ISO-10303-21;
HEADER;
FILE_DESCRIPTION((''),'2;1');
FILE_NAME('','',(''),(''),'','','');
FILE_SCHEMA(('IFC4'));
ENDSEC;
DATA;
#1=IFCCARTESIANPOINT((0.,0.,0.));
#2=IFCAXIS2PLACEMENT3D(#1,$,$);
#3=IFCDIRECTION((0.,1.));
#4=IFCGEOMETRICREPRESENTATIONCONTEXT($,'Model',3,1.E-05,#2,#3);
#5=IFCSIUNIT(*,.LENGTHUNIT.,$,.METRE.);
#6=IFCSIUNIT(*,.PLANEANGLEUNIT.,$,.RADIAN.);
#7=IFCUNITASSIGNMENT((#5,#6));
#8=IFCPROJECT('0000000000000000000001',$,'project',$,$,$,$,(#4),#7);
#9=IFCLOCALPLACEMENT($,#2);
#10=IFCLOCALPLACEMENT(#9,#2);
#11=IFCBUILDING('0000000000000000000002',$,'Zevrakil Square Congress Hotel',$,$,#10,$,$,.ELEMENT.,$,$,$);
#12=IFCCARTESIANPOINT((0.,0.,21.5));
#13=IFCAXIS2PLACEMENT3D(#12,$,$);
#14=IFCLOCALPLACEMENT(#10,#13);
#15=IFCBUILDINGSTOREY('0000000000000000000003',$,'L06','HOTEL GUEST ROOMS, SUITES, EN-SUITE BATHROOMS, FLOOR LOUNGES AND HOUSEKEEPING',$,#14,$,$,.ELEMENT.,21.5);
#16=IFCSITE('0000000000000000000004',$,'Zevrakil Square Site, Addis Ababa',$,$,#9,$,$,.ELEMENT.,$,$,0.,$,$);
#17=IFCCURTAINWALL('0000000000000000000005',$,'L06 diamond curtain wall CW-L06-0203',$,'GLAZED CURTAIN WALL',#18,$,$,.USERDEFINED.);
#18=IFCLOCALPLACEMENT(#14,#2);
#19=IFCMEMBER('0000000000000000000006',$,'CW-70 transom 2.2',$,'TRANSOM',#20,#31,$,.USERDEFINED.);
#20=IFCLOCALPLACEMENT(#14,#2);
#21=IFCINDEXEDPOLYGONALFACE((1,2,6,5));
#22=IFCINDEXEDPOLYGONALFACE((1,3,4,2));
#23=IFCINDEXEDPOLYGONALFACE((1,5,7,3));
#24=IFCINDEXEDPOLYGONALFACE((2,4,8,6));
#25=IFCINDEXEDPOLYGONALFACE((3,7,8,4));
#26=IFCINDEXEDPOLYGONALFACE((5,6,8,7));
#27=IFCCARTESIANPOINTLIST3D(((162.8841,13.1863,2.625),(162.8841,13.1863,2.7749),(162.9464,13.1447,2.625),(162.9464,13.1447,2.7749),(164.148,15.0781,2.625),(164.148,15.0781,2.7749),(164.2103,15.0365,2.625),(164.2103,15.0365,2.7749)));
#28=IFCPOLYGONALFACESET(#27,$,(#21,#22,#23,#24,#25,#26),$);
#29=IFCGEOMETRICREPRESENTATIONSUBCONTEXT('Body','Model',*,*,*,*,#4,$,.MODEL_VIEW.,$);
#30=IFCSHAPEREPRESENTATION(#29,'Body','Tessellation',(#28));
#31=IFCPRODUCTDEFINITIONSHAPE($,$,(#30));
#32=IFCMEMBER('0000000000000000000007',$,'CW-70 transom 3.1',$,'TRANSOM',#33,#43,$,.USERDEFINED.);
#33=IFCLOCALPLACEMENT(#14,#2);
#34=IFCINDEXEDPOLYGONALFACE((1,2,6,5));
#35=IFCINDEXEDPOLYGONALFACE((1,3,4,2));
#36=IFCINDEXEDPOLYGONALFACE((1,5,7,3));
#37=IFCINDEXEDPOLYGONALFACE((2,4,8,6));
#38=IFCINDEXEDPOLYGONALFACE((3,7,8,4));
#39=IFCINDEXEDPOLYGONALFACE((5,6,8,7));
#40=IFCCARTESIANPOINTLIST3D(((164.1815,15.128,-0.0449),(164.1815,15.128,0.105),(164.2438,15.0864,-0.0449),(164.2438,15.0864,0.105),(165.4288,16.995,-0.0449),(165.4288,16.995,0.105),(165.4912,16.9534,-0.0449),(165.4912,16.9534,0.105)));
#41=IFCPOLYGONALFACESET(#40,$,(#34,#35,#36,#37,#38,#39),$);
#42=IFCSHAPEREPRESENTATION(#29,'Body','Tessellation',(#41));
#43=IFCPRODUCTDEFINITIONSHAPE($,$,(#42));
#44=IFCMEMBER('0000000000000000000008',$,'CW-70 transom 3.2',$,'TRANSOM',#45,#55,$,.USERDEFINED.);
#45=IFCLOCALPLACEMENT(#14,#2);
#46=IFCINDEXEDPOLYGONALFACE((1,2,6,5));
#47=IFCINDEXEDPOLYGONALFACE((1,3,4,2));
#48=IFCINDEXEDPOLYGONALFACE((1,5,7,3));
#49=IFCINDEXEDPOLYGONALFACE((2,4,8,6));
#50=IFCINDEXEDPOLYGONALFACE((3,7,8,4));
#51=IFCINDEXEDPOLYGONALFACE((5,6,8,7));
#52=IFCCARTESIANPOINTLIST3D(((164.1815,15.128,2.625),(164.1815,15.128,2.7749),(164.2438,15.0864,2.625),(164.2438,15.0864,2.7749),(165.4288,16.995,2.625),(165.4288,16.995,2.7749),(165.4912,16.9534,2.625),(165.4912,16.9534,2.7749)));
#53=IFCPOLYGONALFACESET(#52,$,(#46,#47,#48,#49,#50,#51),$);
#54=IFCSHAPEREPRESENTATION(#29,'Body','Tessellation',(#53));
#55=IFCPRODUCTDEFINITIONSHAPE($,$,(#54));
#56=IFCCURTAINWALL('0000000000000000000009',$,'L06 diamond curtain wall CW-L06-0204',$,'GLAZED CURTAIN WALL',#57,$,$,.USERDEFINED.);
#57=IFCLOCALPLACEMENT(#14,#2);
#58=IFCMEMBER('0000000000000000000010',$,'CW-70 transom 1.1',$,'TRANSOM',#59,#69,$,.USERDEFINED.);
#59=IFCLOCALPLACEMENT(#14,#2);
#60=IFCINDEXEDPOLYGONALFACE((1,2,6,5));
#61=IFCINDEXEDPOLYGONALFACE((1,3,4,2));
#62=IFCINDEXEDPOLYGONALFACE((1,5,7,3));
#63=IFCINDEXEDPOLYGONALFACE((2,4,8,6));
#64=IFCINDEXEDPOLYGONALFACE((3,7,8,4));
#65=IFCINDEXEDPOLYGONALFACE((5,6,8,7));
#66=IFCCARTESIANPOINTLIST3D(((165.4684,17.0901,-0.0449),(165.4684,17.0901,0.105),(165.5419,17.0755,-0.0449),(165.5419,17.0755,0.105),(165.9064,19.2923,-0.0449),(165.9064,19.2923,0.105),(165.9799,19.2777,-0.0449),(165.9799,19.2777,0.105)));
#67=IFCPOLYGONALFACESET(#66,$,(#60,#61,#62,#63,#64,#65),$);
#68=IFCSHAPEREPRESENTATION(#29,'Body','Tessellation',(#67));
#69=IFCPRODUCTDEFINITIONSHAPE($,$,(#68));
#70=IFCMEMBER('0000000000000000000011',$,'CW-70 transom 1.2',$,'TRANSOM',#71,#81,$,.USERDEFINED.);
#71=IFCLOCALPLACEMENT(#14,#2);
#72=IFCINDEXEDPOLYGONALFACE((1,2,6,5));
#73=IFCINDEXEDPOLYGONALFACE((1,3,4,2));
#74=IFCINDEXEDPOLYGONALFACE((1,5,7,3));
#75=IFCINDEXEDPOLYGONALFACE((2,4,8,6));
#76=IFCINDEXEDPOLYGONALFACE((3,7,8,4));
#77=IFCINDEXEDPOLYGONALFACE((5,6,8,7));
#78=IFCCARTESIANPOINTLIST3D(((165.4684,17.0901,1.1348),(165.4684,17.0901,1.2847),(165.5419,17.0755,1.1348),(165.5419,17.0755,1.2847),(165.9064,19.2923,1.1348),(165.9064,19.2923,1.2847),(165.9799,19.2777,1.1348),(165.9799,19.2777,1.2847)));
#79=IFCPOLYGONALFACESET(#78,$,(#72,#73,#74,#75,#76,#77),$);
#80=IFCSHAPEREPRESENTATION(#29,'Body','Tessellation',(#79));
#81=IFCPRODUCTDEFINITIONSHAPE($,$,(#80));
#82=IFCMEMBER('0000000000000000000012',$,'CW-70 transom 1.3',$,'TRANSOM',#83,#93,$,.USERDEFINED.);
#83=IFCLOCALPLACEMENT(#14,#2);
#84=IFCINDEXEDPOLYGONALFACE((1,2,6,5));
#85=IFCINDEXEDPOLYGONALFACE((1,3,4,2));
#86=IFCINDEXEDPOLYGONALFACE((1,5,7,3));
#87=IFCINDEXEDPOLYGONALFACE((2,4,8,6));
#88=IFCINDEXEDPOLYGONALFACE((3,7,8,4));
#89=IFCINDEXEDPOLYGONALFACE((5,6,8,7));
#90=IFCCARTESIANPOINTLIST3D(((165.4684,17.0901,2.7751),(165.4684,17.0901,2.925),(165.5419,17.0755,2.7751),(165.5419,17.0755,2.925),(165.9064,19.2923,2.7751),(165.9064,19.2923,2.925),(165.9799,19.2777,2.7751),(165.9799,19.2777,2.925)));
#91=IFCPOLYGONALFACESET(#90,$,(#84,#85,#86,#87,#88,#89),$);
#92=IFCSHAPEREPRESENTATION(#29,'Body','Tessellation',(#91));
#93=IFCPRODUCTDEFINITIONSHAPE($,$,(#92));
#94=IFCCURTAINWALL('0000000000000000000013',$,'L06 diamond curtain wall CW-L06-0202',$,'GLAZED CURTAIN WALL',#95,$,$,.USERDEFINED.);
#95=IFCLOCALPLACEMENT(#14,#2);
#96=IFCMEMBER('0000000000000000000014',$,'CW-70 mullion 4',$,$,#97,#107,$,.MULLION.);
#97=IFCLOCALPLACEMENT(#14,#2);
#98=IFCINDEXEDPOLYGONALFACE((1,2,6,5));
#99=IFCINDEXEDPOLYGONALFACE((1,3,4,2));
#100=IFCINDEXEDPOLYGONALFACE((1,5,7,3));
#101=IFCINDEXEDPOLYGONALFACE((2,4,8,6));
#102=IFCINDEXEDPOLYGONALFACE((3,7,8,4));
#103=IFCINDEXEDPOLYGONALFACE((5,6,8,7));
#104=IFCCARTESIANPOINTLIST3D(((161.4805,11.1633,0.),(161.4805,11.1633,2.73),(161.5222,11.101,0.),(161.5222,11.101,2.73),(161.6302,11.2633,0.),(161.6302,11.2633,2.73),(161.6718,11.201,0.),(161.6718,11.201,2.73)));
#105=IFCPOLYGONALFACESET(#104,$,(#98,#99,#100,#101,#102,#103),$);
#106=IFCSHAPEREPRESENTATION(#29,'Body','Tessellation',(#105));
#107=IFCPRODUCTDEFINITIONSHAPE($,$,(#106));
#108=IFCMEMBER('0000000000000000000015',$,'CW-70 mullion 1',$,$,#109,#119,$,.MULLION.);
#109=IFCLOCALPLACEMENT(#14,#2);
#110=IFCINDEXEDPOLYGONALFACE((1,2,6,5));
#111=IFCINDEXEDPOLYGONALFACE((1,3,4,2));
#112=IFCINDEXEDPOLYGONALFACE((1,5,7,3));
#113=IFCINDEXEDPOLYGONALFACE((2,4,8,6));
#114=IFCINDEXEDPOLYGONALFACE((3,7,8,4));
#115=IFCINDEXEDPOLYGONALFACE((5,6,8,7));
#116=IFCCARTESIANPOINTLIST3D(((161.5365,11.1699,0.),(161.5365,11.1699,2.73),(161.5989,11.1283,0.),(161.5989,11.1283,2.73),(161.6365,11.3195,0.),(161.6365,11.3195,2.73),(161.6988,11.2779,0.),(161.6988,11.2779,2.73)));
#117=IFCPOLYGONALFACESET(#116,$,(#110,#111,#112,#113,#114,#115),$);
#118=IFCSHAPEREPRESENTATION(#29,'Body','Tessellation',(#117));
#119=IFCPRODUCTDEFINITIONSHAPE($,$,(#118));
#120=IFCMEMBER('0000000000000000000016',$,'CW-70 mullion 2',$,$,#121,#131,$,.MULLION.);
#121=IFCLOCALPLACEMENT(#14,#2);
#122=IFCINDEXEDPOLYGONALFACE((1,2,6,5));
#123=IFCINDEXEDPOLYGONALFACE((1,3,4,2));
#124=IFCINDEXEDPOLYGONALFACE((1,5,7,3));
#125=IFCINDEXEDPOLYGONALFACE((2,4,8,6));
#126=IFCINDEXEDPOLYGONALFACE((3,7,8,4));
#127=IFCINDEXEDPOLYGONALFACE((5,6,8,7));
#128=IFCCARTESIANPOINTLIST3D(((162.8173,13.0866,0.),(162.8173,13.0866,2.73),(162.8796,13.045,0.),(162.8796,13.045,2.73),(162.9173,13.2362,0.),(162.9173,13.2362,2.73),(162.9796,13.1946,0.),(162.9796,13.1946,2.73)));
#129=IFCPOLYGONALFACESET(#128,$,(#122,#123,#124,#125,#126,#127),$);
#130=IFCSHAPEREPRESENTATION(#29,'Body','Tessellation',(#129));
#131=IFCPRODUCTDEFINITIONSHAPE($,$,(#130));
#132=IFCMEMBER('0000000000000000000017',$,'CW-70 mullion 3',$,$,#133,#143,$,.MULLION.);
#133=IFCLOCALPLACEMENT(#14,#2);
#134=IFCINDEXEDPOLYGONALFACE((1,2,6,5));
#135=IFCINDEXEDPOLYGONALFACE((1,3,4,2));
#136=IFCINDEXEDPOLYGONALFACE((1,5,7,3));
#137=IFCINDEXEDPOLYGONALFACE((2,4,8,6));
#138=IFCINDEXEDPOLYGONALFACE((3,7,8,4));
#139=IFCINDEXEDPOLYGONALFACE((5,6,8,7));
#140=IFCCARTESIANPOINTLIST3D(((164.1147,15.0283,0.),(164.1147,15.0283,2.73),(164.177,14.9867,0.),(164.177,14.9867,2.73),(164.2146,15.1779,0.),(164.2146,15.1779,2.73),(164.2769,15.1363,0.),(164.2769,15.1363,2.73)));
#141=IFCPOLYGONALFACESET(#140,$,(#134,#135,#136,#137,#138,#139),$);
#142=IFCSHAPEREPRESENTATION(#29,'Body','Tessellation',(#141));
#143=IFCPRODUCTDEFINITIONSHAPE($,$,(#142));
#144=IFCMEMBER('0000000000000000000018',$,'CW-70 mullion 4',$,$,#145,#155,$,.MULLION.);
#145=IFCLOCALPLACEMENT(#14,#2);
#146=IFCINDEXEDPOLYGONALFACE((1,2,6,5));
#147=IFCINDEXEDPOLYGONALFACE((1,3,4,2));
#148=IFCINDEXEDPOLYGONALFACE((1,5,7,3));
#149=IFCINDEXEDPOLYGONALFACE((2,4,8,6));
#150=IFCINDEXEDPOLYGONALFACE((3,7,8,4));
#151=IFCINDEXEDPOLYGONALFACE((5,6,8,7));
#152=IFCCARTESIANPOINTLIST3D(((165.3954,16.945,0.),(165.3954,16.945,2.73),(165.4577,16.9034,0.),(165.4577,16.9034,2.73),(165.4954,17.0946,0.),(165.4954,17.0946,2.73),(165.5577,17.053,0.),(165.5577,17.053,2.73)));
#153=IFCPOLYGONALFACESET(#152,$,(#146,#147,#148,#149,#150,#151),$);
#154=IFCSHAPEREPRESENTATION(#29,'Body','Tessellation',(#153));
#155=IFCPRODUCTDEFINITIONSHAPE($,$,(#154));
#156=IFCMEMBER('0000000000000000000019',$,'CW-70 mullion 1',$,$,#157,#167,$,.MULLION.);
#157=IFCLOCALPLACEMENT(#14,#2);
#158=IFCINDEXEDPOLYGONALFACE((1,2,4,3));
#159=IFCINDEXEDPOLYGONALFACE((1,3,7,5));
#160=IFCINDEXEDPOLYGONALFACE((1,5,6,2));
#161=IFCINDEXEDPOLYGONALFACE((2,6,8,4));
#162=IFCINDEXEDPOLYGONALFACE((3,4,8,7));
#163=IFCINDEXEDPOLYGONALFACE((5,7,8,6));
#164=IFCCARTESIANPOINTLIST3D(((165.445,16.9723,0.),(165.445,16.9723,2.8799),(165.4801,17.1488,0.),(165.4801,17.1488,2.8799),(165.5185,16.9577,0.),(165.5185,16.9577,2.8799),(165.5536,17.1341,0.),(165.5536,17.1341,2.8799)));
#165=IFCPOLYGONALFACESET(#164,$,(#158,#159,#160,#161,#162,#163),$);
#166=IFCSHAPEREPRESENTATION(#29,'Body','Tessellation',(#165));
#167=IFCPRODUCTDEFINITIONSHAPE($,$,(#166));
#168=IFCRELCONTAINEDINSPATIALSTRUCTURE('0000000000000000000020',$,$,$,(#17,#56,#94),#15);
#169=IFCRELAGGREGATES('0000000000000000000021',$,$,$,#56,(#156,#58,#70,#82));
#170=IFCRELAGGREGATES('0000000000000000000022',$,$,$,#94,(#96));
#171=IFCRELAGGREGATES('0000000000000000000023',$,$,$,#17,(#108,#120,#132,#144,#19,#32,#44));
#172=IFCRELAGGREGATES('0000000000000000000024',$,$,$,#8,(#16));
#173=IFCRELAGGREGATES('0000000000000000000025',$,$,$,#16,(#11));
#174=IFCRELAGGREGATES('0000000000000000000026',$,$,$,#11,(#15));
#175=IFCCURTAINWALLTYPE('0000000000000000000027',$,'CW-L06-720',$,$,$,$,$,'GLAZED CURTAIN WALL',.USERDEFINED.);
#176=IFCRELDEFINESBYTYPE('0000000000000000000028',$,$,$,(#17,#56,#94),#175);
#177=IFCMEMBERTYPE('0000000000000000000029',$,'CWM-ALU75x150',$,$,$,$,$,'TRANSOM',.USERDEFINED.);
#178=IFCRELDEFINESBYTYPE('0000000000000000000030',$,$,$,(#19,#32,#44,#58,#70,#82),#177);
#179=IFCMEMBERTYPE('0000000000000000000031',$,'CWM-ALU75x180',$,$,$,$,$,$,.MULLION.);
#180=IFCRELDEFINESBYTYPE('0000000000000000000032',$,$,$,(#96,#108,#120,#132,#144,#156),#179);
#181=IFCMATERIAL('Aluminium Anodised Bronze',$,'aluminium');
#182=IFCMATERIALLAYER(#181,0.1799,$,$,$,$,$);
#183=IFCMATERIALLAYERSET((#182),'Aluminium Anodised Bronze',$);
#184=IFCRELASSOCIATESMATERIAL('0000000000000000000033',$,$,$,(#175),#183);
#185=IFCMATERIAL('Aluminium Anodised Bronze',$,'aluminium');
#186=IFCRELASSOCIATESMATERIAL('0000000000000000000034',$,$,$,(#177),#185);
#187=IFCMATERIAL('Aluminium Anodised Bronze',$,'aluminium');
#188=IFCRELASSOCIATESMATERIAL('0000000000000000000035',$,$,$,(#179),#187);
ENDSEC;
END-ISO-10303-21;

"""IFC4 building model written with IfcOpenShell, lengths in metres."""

from ifc_helpers import new_model, si_unit, direction, frame, origin, origin_2d, place, context, subcontext, project, spatial, rectangle, extrude, material, layer, layer_set, material_profile, profile_set, type_object, element, aggregate, save


model = new_model("IFC4")

# Units and contexts
model_context = context("Model", 3, precision=1e-05, world=origin(), true_north=direction((0.0, 1.0)))
body_context = subcontext(model_context, "Body", "Model", "MODEL_VIEW")
ifc_project = project(units=[si_unit("LENGTHUNIT", "METRE"), si_unit("PLANEANGLEUNIT", "RADIAN")], contexts=[model_context])

# Site, building, storey
site_placement = place(None, origin())
site = spatial("IfcSite", under=ifc_project, at=site_placement, Name="Zevrakil Square Site, Addis Ababa", CompositionType="ELEMENT", RefElevation=0.0)
building_placement = place(site_placement, origin())
building = spatial("IfcBuilding", under=site, at=building_placement, Name="Zevrakil Square Congress Hotel", CompositionType="ELEMENT")
storey_placement = place(building_placement, frame((0.0, 0.0, 21.5)))
storey = spatial("IfcBuildingStorey", under=building, at=storey_placement, Name="L06", Description="HOTEL GUEST ROOMS, SUITES, EN-SUITE BATHROOMS, FLOOR LOUNGES AND HOUSEKEEPING", CompositionType="ELEMENT", Elevation=21.5)

# Curtain walls, members
ifc_material_1 = material(Name="Aluminium Anodised Bronze", Category="aluminium")
ifc_layer_1 = layer(ifc_material_1, 0.1799)
ifc_layer_set_1 = layer_set([ifc_layer_1], Name="Aluminium Anodised Bronze")
curtain_wall_type = type_object("IfcCurtainWallType", Name="CW-L06-720", ElementType="GLAZED CURTAIN WALL", PredefinedType="USERDEFINED", material=ifc_layer_set_1)
curtain_wall_1_placement = place(storey_placement, origin())
curtain_wall_1 = element("IfcCurtainWall", 1, at=curtain_wall_1_placement, inside=storey, type_object=curtain_wall_type, Name="L06 diamond curtain wall CW-L06-0203", ObjectType="GLAZED CURTAIN WALL", PredefinedType="USERDEFINED")
ifc_material_2 = material(Name="Aluminium Anodised Bronze", Category="aluminium")
ifc_material_profile_1 = material_profile(ifc_material_2, rectangle(XDim=0.075, YDim=0.1499, at=origin_2d()), Name="ALU 75x150")
ifc_profile_set_1 = profile_set([ifc_material_profile_1], Name="Aluminium Anodised Bronze")
member_type_1 = type_object("IfcMemberType", Name="CWM-ALU75x150", ElementType="TRANSOM", PredefinedType="USERDEFINED", material=ifc_profile_set_1)
member_1_placement = place(storey_placement, frame((162.9153, 13.1655, 2.7), z_axis=(0.555517, 0.831505, 0.0), x_axis=(-0.831505, 0.555517, 0.0)))
member_1 = element("IfcMember", 2, at=member_1_placement, type_object=member_type_1, Name="CW-70 transom 2.2", ObjectType="TRANSOM", PredefinedType="USERDEFINED", context=body_context, shape_type="SweptSolid", body=[
    extrude(rectangle(XDim=0.075, YDim=0.1499, at=origin_2d()), origin(), (0.0, 0.0, 1.0), 2.2751),
])
member_2_placement = place(storey_placement, frame((164.2126, 15.1072, 0.03), z_axis=(0.555528, 0.831498, 0.0), x_axis=(-0.831498, 0.555528, 0.0)))
member_2 = element("IfcMember", 3, at=member_2_placement, type_object=member_type_1, Name="CW-70 transom 3.1", ObjectType="TRANSOM", PredefinedType="USERDEFINED", context=body_context, shape_type="SweptSolid", body=[
    extrude(rectangle(XDim=0.075, YDim=0.1499, at=origin_2d()), origin(), (0.0, 0.0, 1.0), 2.2454),
])
member_3_placement = place(storey_placement, frame((164.2126, 15.1072, 2.7), z_axis=(0.555528, 0.831498, 0.0), x_axis=(-0.831498, 0.555528, 0.0)))
member_3 = element("IfcMember", 4, at=member_3_placement, type_object=member_type_1, Name="CW-70 transom 3.2", ObjectType="TRANSOM", PredefinedType="USERDEFINED", context=body_context, shape_type="SweptSolid", body=[
    extrude(rectangle(XDim=0.075, YDim=0.1499, at=origin_2d()), origin(), (0.0, 0.0, 1.0), 2.2454),
])
curtain_wall_2_placement = place(storey_placement, origin())
curtain_wall_2 = element("IfcCurtainWall", 5, at=curtain_wall_2_placement, inside=storey, type_object=curtain_wall_type, Name="L06 diamond curtain wall CW-L06-0204", ObjectType="GLAZED CURTAIN WALL", PredefinedType="USERDEFINED")
member_4_placement = place(storey_placement, frame((165.5051, 17.0828, 0.03), z_axis=(0.19507, 0.980789, 0.0), x_axis=(-0.980789, 0.19507, 0.0)))
member_4 = element("IfcMember", 6, at=member_4_placement, type_object=member_type_1, Name="CW-70 transom 1.1", ObjectType="TRANSOM", PredefinedType="USERDEFINED", context=body_context, shape_type="SweptSolid", body=[
    extrude(rectangle(XDim=0.075, YDim=0.1499, at=origin_2d()), origin(), (0.0, 0.0, 1.0), 2.2454),
])
member_5_placement = place(storey_placement, frame((165.5051, 17.0828, 1.2097), z_axis=(0.19507, 0.980789, 0.0), x_axis=(-0.980789, 0.19507, 0.0)))
member_5 = element("IfcMember", 7, at=member_5_placement, type_object=member_type_1, Name="CW-70 transom 1.2", ObjectType="TRANSOM", PredefinedType="USERDEFINED", context=body_context, shape_type="SweptSolid", body=[
    extrude(rectangle(XDim=0.075, YDim=0.1499, at=origin_2d()), origin(), (0.0, 0.0, 1.0), 2.2454),
])
member_6_placement = place(storey_placement, frame((165.5051, 17.0828, 2.8501), z_axis=(0.19507, 0.980789, 0.0), x_axis=(-0.980789, 0.19507, 0.0)))
member_6 = element("IfcMember", 8, at=member_6_placement, type_object=member_type_1, Name="CW-70 transom 1.3", ObjectType="TRANSOM", PredefinedType="USERDEFINED", context=body_context, shape_type="SweptSolid", body=[
    extrude(rectangle(XDim=0.075, YDim=0.1499, at=origin_2d()), origin(), (0.0, 0.0, 1.0), 2.2454),
])

# Curtain wall, member
curtain_wall_3_placement = place(storey_placement, origin())
curtain_wall_3 = element("IfcCurtainWall", 9, at=curtain_wall_3_placement, inside=storey, type_object=curtain_wall_type, Name="L06 diamond curtain wall CW-L06-0202", ObjectType="GLAZED CURTAIN WALL", PredefinedType="USERDEFINED")
ifc_material_3 = material(Name="Aluminium Anodised Bronze", Category="aluminium")
ifc_material_profile_2 = material_profile(ifc_material_3, rectangle(XDim=0.075, YDim=0.1799, at=origin_2d()), Name="ALU 75x180")
ifc_profile_set_2 = profile_set([ifc_material_profile_2], Name="Aluminium Anodised Bronze")
member_type_2 = type_object("IfcMemberType", Name="CWM-ALU75x180", PredefinedType="MULLION", material=ifc_profile_set_2)
member_7_placement = place(storey_placement, frame((161.5762, 11.1821, 0.0), z_axis=(0.0, 0.0, 1.0), x_axis=(-0.555576, 0.831466, 0.0)))
member_7 = element("IfcMember", 10, at=member_7_placement, type_object=member_type_2, Name="CW-70 mullion 4", PredefinedType="MULLION", context=body_context, shape_type="SweptSolid", body=[
    extrude(rectangle(XDim=0.075, YDim=0.1799, at=origin_2d()), origin(), (0.0, 0.0, 1.0), 2.73),
])

# Members
member_8_placement = place(storey_placement, frame((161.6177, 11.2239, 0.0), z_axis=(0.0, 0.0, 1.0), x_axis=(-0.831466, 0.555576, 0.0)))
member_8 = element("IfcMember", 11, at=member_8_placement, type_object=member_type_2, Name="CW-70 mullion 1", PredefinedType="MULLION", context=body_context, shape_type="SweptSolid", body=[
    extrude(rectangle(XDim=0.075, YDim=0.1799, at=origin_2d()), origin(), (0.0, 0.0, 1.0), 2.73),
])
member_9_placement = place(storey_placement, frame((162.8984, 13.1406, 0.0), z_axis=(0.0, 0.0, 1.0), x_axis=(-0.831466, 0.555576, 0.0)))
member_9 = element("IfcMember", 12, at=member_9_placement, type_object=member_type_2, Name="CW-70 mullion 2", PredefinedType="MULLION", context=body_context, shape_type="SweptSolid", body=[
    extrude(rectangle(XDim=0.075, YDim=0.1799, at=origin_2d()), origin(), (0.0, 0.0, 1.0), 2.73),
])
member_10_placement = place(storey_placement, frame((164.1958, 15.0823, 0.0), z_axis=(0.0, 0.0, 1.0), x_axis=(-0.831466, 0.555576, 0.0)))
member_10 = element("IfcMember", 13, at=member_10_placement, type_object=member_type_2, Name="CW-70 mullion 3", PredefinedType="MULLION", context=body_context, shape_type="SweptSolid", body=[
    extrude(rectangle(XDim=0.075, YDim=0.1799, at=origin_2d()), origin(), (0.0, 0.0, 1.0), 2.73),
])
member_11_placement = place(storey_placement, frame((165.4766, 16.999, 0.0), z_axis=(0.0, 0.0, 1.0), x_axis=(-0.831466, 0.555576, 0.0)))
member_11 = element("IfcMember", 14, at=member_11_placement, type_object=member_type_2, Name="CW-70 mullion 4", PredefinedType="MULLION", context=body_context, shape_type="SweptSolid", body=[
    extrude(rectangle(XDim=0.075, YDim=0.1799, at=origin_2d()), origin(), (0.0, 0.0, 1.0), 2.73),
])
member_12_placement = place(storey_placement, frame((165.4993, 17.0532, 0.0), z_axis=(0.0, 0.0, 1.0), x_axis=(-0.980787, 0.195084, 0.0)))
member_12 = element("IfcMember", 15, at=member_12_placement, type_object=member_type_2, Name="CW-70 mullion 1", PredefinedType="MULLION", context=body_context, shape_type="SweptSolid", body=[
    extrude(rectangle(XDim=0.075, YDim=0.1799, at=origin_2d()), origin(), (0.0, 0.0, 1.0), 2.8799),
])
aggregate(curtain_wall_2, [member_12, member_4, member_5, member_6])

aggregate(curtain_wall_3, [member_7])
aggregate(curtain_wall_1, [member_8, member_9, member_10, member_11, member_1, member_2, member_3])

save(model, "model.ifc")
